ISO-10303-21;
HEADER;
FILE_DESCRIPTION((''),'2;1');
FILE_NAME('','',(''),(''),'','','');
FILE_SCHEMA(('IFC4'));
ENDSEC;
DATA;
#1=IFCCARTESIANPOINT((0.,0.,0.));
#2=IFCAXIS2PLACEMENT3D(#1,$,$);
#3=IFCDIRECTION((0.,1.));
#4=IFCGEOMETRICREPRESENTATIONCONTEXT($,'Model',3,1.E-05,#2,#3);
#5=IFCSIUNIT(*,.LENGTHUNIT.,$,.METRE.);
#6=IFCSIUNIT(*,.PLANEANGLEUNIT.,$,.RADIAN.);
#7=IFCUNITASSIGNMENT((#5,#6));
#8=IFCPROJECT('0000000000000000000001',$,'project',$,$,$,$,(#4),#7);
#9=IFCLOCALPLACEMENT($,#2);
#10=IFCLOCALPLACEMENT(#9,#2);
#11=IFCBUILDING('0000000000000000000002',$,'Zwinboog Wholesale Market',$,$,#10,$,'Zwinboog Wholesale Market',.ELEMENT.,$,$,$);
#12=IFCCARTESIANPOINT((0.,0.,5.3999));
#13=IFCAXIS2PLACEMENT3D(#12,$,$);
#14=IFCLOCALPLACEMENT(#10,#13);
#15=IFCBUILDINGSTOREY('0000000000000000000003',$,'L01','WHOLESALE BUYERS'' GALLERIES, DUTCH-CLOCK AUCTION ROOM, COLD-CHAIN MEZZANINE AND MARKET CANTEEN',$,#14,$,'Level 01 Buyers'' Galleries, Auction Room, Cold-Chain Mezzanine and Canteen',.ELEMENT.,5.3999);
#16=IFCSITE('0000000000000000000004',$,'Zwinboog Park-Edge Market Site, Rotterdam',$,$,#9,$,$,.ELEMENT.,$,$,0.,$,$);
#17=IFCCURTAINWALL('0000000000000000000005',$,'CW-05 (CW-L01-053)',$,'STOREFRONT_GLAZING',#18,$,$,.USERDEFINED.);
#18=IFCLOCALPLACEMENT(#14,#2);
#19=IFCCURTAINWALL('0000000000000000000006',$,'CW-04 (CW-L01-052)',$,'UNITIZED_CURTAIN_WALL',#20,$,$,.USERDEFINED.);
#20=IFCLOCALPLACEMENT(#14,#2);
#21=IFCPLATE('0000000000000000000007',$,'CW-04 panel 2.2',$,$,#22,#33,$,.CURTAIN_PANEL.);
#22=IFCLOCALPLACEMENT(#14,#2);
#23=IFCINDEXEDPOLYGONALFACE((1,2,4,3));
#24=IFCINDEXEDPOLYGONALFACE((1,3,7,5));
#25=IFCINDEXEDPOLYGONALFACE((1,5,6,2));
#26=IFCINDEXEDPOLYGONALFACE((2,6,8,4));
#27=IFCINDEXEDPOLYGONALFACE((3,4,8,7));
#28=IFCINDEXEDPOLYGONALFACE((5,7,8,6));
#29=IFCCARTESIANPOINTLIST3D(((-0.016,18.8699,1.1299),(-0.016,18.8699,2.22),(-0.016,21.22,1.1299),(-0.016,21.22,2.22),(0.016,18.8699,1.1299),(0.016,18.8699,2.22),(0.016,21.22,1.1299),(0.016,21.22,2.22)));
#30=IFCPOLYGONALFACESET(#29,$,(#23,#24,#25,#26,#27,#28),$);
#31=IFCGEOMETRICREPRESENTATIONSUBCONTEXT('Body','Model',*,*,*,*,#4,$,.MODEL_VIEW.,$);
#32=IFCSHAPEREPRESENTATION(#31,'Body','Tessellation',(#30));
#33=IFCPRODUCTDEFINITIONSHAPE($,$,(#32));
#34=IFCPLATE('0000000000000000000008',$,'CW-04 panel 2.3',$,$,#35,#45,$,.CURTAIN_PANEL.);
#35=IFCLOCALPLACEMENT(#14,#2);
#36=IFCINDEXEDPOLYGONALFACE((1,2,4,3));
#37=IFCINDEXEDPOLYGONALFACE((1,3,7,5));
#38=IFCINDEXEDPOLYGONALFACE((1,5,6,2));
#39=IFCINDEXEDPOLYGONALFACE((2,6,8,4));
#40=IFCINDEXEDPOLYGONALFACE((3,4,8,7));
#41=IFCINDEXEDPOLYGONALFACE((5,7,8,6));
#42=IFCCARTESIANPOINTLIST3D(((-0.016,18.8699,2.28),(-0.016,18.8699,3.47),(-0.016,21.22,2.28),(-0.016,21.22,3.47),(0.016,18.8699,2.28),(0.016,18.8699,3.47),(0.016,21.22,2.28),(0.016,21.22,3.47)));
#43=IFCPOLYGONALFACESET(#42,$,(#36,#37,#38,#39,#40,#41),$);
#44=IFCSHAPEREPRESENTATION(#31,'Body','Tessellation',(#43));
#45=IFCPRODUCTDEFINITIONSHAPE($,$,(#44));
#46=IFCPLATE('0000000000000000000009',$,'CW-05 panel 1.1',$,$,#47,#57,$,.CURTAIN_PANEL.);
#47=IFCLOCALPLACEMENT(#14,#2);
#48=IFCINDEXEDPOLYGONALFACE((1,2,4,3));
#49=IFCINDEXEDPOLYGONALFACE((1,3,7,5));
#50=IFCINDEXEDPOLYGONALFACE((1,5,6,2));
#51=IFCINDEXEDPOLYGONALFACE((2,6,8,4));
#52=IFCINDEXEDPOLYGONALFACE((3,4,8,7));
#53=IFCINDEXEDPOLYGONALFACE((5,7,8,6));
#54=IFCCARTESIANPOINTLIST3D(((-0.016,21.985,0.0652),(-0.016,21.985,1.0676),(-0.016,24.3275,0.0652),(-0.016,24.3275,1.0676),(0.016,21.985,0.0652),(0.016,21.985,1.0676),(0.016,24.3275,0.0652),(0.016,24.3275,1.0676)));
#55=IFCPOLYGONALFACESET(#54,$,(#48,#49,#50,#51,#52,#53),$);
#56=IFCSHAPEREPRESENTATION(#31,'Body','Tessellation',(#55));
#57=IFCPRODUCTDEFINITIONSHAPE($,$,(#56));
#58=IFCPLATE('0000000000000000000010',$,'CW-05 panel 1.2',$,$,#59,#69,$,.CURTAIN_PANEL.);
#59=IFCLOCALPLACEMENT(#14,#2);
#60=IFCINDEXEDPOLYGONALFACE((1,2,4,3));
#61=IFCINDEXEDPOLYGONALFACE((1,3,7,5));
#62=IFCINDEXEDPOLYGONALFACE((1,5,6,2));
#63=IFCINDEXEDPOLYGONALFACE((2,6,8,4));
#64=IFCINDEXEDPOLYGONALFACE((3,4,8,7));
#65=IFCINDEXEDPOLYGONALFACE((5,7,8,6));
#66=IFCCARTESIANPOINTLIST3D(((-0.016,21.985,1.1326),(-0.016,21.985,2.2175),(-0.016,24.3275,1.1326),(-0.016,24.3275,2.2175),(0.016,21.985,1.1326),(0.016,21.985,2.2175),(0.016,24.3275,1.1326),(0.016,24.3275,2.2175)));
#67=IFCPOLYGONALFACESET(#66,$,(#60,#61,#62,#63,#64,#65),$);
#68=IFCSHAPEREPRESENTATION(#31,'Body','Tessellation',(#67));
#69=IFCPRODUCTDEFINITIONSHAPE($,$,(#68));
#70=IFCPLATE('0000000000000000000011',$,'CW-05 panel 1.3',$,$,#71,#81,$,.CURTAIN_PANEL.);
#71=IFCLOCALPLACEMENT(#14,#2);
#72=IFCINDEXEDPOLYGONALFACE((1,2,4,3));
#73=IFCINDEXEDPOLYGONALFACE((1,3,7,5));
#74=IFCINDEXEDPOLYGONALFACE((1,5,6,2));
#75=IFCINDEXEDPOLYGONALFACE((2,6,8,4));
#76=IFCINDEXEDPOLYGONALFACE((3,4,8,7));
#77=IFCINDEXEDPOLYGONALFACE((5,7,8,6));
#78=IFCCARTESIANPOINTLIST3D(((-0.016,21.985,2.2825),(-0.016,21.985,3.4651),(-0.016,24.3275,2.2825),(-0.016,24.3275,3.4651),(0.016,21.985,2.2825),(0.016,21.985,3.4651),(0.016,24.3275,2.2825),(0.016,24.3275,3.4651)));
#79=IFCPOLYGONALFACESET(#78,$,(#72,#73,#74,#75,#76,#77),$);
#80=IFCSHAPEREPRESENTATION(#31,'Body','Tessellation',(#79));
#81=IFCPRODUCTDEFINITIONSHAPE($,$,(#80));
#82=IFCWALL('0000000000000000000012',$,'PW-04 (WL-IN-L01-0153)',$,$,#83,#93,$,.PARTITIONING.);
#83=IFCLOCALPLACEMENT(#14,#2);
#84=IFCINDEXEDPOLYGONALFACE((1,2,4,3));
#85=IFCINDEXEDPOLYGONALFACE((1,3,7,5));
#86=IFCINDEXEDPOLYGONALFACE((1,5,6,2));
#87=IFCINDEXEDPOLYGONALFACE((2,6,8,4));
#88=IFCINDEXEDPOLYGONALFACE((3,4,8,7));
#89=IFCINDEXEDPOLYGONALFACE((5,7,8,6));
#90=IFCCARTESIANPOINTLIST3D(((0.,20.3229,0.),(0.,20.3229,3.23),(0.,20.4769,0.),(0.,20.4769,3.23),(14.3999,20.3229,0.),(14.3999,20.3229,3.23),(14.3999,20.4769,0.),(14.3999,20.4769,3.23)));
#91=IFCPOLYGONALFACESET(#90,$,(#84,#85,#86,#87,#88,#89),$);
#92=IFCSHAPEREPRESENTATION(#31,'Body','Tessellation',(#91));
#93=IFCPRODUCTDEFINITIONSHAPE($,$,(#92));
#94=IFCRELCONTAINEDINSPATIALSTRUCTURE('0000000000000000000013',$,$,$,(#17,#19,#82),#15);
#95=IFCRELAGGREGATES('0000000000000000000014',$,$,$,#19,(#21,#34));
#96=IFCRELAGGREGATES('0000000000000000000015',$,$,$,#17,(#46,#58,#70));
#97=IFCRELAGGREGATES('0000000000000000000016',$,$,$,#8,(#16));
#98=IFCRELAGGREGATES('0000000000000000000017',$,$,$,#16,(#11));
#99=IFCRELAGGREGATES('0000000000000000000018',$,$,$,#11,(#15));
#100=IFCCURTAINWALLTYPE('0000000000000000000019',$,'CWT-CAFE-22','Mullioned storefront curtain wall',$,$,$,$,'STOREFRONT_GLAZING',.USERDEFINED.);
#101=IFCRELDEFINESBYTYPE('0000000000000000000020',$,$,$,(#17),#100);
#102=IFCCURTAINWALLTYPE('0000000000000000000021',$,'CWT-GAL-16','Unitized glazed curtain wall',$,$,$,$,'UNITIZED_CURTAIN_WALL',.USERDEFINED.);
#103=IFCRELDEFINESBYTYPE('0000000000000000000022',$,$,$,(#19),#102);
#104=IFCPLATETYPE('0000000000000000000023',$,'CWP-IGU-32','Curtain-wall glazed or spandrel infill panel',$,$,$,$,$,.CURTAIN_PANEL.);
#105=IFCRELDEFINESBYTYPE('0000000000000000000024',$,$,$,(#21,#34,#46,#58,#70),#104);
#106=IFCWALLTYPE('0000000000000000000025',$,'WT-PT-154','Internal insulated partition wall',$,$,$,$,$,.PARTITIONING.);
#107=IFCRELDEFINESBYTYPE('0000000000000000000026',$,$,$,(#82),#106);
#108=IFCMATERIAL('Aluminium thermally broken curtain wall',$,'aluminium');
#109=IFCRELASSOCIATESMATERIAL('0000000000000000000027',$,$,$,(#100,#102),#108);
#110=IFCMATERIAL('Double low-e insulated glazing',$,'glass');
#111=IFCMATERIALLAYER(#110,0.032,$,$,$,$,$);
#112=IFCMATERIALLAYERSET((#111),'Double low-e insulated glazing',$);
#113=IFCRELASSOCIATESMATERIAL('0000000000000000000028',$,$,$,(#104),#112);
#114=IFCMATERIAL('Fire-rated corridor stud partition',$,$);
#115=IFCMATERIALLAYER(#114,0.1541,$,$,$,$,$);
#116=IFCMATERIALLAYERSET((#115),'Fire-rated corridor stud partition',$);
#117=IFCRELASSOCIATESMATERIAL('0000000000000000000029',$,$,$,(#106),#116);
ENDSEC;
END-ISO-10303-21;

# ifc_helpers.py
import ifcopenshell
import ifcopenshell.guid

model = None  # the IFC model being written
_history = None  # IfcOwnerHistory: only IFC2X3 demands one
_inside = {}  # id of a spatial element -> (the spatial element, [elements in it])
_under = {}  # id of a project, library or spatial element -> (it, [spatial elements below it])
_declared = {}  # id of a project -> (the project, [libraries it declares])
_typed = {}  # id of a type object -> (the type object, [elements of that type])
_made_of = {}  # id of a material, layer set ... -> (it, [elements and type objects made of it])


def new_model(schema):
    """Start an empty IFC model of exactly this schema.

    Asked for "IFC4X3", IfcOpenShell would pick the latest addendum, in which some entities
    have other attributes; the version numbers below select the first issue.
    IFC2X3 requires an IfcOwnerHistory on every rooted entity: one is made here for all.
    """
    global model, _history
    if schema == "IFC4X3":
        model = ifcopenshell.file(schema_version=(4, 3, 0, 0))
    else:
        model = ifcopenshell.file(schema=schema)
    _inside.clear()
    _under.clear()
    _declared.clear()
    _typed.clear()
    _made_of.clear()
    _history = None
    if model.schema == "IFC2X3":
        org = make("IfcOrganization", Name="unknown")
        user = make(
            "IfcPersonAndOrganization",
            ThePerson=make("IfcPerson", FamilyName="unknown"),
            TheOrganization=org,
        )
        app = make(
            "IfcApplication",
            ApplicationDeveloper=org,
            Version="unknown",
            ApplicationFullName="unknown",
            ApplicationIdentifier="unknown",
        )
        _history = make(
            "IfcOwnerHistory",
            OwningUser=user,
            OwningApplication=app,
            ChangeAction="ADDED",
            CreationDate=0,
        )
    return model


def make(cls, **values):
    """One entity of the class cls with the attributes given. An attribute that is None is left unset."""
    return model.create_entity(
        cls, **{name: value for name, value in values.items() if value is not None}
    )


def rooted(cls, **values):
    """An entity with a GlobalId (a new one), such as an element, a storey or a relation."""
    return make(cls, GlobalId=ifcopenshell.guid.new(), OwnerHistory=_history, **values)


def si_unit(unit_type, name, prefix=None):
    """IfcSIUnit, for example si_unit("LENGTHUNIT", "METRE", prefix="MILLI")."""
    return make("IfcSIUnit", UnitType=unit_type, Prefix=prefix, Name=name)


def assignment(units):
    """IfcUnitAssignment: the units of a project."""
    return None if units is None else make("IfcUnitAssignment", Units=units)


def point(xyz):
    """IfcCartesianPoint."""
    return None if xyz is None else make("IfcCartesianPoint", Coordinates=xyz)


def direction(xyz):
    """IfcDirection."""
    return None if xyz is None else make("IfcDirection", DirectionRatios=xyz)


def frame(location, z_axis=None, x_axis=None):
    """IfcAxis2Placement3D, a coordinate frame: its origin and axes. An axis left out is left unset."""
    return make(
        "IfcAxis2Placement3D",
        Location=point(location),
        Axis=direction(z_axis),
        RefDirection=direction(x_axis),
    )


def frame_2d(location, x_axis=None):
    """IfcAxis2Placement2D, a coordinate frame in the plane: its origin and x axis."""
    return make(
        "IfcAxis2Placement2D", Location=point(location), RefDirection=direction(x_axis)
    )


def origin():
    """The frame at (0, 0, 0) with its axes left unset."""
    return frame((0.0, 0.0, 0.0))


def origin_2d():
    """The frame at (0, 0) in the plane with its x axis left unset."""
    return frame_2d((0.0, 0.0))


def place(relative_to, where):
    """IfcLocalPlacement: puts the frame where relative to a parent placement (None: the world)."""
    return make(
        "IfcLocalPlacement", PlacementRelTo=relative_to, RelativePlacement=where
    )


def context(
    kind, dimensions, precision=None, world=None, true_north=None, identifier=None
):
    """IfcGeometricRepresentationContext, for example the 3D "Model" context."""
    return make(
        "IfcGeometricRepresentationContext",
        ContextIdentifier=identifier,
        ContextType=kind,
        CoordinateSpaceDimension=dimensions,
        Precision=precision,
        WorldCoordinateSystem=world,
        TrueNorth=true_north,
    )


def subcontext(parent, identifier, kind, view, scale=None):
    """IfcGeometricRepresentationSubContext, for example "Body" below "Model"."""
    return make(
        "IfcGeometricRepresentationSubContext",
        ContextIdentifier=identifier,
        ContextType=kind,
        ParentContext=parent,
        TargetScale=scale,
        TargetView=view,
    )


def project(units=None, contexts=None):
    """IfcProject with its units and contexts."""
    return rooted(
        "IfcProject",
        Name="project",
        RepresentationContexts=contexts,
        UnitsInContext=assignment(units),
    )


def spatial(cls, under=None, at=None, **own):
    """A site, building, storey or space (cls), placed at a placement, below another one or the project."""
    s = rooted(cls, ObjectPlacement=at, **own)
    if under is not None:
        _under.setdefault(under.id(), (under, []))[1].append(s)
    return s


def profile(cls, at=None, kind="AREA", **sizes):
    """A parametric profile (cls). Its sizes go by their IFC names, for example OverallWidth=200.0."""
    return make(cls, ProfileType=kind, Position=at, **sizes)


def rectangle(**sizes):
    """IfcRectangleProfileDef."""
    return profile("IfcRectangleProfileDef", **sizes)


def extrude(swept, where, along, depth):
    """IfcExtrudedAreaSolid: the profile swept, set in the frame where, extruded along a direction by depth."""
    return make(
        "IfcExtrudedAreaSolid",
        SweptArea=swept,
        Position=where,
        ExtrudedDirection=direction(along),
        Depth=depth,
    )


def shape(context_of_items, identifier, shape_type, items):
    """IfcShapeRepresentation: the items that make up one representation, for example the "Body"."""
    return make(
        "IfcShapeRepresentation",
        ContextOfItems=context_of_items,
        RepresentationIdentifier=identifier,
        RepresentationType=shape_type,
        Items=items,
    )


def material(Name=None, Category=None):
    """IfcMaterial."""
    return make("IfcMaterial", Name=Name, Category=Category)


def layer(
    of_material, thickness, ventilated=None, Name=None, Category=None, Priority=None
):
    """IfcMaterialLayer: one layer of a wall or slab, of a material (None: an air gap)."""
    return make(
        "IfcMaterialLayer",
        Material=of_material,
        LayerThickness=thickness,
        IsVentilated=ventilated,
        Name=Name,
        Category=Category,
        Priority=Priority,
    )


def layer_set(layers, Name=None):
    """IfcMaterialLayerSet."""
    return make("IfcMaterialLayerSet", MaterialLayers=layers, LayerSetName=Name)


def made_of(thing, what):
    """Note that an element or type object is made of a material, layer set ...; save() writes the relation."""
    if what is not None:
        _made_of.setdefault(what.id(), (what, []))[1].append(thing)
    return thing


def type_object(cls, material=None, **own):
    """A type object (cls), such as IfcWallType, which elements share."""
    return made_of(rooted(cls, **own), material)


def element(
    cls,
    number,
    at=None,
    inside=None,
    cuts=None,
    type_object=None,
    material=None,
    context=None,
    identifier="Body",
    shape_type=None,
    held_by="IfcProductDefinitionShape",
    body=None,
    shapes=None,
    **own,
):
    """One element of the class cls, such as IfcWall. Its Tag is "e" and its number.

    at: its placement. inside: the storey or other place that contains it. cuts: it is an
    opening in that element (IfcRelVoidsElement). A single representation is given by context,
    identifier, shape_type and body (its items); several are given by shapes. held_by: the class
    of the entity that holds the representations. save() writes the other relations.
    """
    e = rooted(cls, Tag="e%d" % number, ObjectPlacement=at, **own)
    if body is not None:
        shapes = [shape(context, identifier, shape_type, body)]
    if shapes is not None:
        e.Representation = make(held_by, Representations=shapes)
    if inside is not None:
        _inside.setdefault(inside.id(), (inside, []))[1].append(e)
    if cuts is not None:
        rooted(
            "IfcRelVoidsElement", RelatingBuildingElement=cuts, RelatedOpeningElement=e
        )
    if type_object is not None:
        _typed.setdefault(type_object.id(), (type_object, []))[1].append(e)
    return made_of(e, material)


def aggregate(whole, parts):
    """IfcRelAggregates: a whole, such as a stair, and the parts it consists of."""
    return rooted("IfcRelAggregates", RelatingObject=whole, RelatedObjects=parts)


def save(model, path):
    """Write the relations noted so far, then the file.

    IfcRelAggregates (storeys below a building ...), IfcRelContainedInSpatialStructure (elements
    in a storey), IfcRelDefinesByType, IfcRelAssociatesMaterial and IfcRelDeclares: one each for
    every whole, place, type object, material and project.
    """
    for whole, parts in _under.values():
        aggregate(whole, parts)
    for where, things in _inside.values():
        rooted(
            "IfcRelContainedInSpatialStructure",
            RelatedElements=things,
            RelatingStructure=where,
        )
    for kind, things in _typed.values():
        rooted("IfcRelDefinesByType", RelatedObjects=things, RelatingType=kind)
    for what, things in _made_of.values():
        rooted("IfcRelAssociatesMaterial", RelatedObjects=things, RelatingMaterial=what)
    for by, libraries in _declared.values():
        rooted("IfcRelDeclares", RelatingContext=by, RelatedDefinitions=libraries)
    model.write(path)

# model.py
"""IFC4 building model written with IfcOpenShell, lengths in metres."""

from ifc_helpers import new_model, si_unit, direction, frame, frame_2d, origin, origin_2d, place, context, subcontext, project, spatial, rectangle, extrude, material, layer, layer_set, type_object, element, aggregate, save


model = new_model("IFC4")

# Units and contexts
model_context = context("Model", 3, precision=1e-05, world=origin(), true_north=direction((0.0, 1.0)))
body_context = subcontext(model_context, "Body", "Model", "MODEL_VIEW")
ifc_project = project(units=[si_unit("LENGTHUNIT", "METRE"), si_unit("PLANEANGLEUNIT", "RADIAN")], contexts=[model_context])

# Site, building, storey
site_placement = place(None, origin())
site = spatial("IfcSite", under=ifc_project, at=site_placement, Name="Zwinboog Park-Edge Market Site, Rotterdam", CompositionType="ELEMENT", RefElevation=0.0)
building_placement = place(site_placement, origin())
building = spatial("IfcBuilding", under=site, at=building_placement, Name="Zwinboog Wholesale Market", LongName="Zwinboog Wholesale Market", CompositionType="ELEMENT")
storey_placement = place(building_placement, frame((0.0, 0.0, 5.3999)))
storey = spatial("IfcBuildingStorey", under=building, at=storey_placement, Name="L01", Description="WHOLESALE BUYERS' GALLERIES, DUTCH-CLOCK AUCTION ROOM, COLD-CHAIN MEZZANINE AND MARKET CANTEEN", LongName="Level 01 Buyers' Galleries, Auction Room, Cold-Chain Mezzanine and Canteen", CompositionType="ELEMENT", Elevation=5.3999)

# Curtain wall
ifc_material_1 = material(Name="Aluminium thermally broken curtain wall", Category="aluminium")
curtain_wall_type_1 = type_object("IfcCurtainWallType", Name="CWT-CAFE-22", Description="Mullioned storefront curtain wall", ElementType="STOREFRONT_GLAZING", PredefinedType="USERDEFINED", material=ifc_material_1)
curtain_wall_1_placement = place(storey_placement, origin())
curtain_wall_1 = element("IfcCurtainWall", 1, at=curtain_wall_1_placement, inside=storey, type_object=curtain_wall_type_1, Name="CW-05 (CW-L01-053)", ObjectType="STOREFRONT_GLAZING", PredefinedType="USERDEFINED")

# Curtain wall
curtain_wall_type_2 = type_object("IfcCurtainWallType", Name="CWT-GAL-16", Description="Unitized glazed curtain wall", ElementType="UNITIZED_CURTAIN_WALL", PredefinedType="USERDEFINED", material=ifc_material_1)
curtain_wall_2_placement = place(storey_placement, origin())
curtain_wall_2 = element("IfcCurtainWall", 2, at=curtain_wall_2_placement, inside=storey, type_object=curtain_wall_type_2, Name="CW-04 (CW-L01-052)", ObjectType="UNITIZED_CURTAIN_WALL", PredefinedType="USERDEFINED")

# Plates
ifc_material_2 = material(Name="Double low-e insulated glazing", Category="glass")
ifc_layer_1 = layer(ifc_material_2, 0.032)
ifc_layer_set_1 = layer_set([ifc_layer_1], Name="Double low-e insulated glazing")
plate_type = type_object("IfcPlateType", Name="CWP-IGU-32", Description="Curtain-wall glazed or spandrel infill panel", PredefinedType="CURTAIN_PANEL", material=ifc_layer_set_1)
plate_1_placement = place(storey_placement, frame((0.0, 20.0449, 1.1299), z_axis=(0.0, 0.0, 1.0), x_axis=(0.0, 1.0, 0.0)))
plate_1 = element("IfcPlate", 3, at=plate_1_placement, type_object=plate_type, Name="CW-04 panel 2.2", PredefinedType="CURTAIN_PANEL", context=body_context, shape_type="SweptSolid", body=[
    extrude(rectangle(XDim=2.3501, YDim=0.032, at=origin_2d()), origin(), (0.0, 0.0, 1.0), 1.0901),
])
plate_2_placement = place(storey_placement, frame((0.0, 20.0449, 2.28), z_axis=(0.0, 0.0, 1.0), x_axis=(0.0, 1.0, 0.0)))
plate_2 = element("IfcPlate", 4, at=plate_2_placement, type_object=plate_type, Name="CW-04 panel 2.3", PredefinedType="CURTAIN_PANEL", context=body_context, shape_type="SweptSolid", body=[
    extrude(rectangle(XDim=2.3501, YDim=0.032, at=origin_2d()), origin(), (0.0, 0.0, 1.0), 1.1899),
])
aggregate(curtain_wall_2, [plate_1, plate_2])
plate_3_placement = place(storey_placement, frame((0.0, 23.1562, 0.0652), z_axis=(0.0, 0.0, 1.0), x_axis=(0.0, 1.0, 0.0)))
plate_3 = element("IfcPlate", 5, at=plate_3_placement, type_object=plate_type, Name="CW-05 panel 1.1", PredefinedType="CURTAIN_PANEL", context=body_context, shape_type="SweptSolid", body=[
    extrude(rectangle(XDim=2.3425, YDim=0.032, at=origin_2d()), origin(), (0.0, 0.0, 1.0), 1.0024),
])
plate_4_placement = place(storey_placement, frame((0.0, 23.1562, 1.1326), z_axis=(0.0, 0.0, 1.0), x_axis=(0.0, 1.0, 0.0)))
plate_4 = element("IfcPlate", 6, at=plate_4_placement, type_object=plate_type, Name="CW-05 panel 1.2", PredefinedType="CURTAIN_PANEL", context=body_context, shape_type="SweptSolid", body=[
    extrude(rectangle(XDim=2.3425, YDim=0.032, at=origin_2d()), origin(), (0.0, 0.0, 1.0), 1.085),
])
plate_5_placement = place(storey_placement, frame((0.0, 23.1562, 2.2825), z_axis=(0.0, 0.0, 1.0), x_axis=(0.0, 1.0, 0.0)))
plate_5 = element("IfcPlate", 7, at=plate_5_placement, type_object=plate_type, Name="CW-05 panel 1.3", PredefinedType="CURTAIN_PANEL", context=body_context, shape_type="SweptSolid", body=[
    extrude(rectangle(XDim=2.3425, YDim=0.032, at=origin_2d()), origin(), (0.0, 0.0, 1.0), 1.1826),
])
aggregate(curtain_wall_1, [plate_3, plate_4, plate_5])

# Wall
ifc_material_3 = material(Name="Fire-rated corridor stud partition")
ifc_layer_2 = layer(ifc_material_3, 0.1541)
ifc_layer_set_2 = layer_set([ifc_layer_2], Name="Fire-rated corridor stud partition")
wall_type = type_object("IfcWallType", Name="WT-PT-154", Description="Internal insulated partition wall", PredefinedType="PARTITIONING", material=ifc_layer_set_2)
wall_placement = place(storey_placement, frame((0.0, 20.3999, 0.0), z_axis=(0.0, 0.0, 1.0), x_axis=(1.0, 0.0, 0.0)))
element("IfcWall", 8, at=wall_placement, inside=storey, type_object=wall_type, Name="PW-04 (WL-IN-L01-0153)", PredefinedType="PARTITIONING", context=body_context, shape_type="SweptSolid", body=[
    extrude(rectangle(XDim=14.3999, YDim=0.1541, at=frame_2d((7.2, 0.0))), origin(), (0.0, 0.0, 1.0), 3.23),
])

save(model, "model.ifc")
